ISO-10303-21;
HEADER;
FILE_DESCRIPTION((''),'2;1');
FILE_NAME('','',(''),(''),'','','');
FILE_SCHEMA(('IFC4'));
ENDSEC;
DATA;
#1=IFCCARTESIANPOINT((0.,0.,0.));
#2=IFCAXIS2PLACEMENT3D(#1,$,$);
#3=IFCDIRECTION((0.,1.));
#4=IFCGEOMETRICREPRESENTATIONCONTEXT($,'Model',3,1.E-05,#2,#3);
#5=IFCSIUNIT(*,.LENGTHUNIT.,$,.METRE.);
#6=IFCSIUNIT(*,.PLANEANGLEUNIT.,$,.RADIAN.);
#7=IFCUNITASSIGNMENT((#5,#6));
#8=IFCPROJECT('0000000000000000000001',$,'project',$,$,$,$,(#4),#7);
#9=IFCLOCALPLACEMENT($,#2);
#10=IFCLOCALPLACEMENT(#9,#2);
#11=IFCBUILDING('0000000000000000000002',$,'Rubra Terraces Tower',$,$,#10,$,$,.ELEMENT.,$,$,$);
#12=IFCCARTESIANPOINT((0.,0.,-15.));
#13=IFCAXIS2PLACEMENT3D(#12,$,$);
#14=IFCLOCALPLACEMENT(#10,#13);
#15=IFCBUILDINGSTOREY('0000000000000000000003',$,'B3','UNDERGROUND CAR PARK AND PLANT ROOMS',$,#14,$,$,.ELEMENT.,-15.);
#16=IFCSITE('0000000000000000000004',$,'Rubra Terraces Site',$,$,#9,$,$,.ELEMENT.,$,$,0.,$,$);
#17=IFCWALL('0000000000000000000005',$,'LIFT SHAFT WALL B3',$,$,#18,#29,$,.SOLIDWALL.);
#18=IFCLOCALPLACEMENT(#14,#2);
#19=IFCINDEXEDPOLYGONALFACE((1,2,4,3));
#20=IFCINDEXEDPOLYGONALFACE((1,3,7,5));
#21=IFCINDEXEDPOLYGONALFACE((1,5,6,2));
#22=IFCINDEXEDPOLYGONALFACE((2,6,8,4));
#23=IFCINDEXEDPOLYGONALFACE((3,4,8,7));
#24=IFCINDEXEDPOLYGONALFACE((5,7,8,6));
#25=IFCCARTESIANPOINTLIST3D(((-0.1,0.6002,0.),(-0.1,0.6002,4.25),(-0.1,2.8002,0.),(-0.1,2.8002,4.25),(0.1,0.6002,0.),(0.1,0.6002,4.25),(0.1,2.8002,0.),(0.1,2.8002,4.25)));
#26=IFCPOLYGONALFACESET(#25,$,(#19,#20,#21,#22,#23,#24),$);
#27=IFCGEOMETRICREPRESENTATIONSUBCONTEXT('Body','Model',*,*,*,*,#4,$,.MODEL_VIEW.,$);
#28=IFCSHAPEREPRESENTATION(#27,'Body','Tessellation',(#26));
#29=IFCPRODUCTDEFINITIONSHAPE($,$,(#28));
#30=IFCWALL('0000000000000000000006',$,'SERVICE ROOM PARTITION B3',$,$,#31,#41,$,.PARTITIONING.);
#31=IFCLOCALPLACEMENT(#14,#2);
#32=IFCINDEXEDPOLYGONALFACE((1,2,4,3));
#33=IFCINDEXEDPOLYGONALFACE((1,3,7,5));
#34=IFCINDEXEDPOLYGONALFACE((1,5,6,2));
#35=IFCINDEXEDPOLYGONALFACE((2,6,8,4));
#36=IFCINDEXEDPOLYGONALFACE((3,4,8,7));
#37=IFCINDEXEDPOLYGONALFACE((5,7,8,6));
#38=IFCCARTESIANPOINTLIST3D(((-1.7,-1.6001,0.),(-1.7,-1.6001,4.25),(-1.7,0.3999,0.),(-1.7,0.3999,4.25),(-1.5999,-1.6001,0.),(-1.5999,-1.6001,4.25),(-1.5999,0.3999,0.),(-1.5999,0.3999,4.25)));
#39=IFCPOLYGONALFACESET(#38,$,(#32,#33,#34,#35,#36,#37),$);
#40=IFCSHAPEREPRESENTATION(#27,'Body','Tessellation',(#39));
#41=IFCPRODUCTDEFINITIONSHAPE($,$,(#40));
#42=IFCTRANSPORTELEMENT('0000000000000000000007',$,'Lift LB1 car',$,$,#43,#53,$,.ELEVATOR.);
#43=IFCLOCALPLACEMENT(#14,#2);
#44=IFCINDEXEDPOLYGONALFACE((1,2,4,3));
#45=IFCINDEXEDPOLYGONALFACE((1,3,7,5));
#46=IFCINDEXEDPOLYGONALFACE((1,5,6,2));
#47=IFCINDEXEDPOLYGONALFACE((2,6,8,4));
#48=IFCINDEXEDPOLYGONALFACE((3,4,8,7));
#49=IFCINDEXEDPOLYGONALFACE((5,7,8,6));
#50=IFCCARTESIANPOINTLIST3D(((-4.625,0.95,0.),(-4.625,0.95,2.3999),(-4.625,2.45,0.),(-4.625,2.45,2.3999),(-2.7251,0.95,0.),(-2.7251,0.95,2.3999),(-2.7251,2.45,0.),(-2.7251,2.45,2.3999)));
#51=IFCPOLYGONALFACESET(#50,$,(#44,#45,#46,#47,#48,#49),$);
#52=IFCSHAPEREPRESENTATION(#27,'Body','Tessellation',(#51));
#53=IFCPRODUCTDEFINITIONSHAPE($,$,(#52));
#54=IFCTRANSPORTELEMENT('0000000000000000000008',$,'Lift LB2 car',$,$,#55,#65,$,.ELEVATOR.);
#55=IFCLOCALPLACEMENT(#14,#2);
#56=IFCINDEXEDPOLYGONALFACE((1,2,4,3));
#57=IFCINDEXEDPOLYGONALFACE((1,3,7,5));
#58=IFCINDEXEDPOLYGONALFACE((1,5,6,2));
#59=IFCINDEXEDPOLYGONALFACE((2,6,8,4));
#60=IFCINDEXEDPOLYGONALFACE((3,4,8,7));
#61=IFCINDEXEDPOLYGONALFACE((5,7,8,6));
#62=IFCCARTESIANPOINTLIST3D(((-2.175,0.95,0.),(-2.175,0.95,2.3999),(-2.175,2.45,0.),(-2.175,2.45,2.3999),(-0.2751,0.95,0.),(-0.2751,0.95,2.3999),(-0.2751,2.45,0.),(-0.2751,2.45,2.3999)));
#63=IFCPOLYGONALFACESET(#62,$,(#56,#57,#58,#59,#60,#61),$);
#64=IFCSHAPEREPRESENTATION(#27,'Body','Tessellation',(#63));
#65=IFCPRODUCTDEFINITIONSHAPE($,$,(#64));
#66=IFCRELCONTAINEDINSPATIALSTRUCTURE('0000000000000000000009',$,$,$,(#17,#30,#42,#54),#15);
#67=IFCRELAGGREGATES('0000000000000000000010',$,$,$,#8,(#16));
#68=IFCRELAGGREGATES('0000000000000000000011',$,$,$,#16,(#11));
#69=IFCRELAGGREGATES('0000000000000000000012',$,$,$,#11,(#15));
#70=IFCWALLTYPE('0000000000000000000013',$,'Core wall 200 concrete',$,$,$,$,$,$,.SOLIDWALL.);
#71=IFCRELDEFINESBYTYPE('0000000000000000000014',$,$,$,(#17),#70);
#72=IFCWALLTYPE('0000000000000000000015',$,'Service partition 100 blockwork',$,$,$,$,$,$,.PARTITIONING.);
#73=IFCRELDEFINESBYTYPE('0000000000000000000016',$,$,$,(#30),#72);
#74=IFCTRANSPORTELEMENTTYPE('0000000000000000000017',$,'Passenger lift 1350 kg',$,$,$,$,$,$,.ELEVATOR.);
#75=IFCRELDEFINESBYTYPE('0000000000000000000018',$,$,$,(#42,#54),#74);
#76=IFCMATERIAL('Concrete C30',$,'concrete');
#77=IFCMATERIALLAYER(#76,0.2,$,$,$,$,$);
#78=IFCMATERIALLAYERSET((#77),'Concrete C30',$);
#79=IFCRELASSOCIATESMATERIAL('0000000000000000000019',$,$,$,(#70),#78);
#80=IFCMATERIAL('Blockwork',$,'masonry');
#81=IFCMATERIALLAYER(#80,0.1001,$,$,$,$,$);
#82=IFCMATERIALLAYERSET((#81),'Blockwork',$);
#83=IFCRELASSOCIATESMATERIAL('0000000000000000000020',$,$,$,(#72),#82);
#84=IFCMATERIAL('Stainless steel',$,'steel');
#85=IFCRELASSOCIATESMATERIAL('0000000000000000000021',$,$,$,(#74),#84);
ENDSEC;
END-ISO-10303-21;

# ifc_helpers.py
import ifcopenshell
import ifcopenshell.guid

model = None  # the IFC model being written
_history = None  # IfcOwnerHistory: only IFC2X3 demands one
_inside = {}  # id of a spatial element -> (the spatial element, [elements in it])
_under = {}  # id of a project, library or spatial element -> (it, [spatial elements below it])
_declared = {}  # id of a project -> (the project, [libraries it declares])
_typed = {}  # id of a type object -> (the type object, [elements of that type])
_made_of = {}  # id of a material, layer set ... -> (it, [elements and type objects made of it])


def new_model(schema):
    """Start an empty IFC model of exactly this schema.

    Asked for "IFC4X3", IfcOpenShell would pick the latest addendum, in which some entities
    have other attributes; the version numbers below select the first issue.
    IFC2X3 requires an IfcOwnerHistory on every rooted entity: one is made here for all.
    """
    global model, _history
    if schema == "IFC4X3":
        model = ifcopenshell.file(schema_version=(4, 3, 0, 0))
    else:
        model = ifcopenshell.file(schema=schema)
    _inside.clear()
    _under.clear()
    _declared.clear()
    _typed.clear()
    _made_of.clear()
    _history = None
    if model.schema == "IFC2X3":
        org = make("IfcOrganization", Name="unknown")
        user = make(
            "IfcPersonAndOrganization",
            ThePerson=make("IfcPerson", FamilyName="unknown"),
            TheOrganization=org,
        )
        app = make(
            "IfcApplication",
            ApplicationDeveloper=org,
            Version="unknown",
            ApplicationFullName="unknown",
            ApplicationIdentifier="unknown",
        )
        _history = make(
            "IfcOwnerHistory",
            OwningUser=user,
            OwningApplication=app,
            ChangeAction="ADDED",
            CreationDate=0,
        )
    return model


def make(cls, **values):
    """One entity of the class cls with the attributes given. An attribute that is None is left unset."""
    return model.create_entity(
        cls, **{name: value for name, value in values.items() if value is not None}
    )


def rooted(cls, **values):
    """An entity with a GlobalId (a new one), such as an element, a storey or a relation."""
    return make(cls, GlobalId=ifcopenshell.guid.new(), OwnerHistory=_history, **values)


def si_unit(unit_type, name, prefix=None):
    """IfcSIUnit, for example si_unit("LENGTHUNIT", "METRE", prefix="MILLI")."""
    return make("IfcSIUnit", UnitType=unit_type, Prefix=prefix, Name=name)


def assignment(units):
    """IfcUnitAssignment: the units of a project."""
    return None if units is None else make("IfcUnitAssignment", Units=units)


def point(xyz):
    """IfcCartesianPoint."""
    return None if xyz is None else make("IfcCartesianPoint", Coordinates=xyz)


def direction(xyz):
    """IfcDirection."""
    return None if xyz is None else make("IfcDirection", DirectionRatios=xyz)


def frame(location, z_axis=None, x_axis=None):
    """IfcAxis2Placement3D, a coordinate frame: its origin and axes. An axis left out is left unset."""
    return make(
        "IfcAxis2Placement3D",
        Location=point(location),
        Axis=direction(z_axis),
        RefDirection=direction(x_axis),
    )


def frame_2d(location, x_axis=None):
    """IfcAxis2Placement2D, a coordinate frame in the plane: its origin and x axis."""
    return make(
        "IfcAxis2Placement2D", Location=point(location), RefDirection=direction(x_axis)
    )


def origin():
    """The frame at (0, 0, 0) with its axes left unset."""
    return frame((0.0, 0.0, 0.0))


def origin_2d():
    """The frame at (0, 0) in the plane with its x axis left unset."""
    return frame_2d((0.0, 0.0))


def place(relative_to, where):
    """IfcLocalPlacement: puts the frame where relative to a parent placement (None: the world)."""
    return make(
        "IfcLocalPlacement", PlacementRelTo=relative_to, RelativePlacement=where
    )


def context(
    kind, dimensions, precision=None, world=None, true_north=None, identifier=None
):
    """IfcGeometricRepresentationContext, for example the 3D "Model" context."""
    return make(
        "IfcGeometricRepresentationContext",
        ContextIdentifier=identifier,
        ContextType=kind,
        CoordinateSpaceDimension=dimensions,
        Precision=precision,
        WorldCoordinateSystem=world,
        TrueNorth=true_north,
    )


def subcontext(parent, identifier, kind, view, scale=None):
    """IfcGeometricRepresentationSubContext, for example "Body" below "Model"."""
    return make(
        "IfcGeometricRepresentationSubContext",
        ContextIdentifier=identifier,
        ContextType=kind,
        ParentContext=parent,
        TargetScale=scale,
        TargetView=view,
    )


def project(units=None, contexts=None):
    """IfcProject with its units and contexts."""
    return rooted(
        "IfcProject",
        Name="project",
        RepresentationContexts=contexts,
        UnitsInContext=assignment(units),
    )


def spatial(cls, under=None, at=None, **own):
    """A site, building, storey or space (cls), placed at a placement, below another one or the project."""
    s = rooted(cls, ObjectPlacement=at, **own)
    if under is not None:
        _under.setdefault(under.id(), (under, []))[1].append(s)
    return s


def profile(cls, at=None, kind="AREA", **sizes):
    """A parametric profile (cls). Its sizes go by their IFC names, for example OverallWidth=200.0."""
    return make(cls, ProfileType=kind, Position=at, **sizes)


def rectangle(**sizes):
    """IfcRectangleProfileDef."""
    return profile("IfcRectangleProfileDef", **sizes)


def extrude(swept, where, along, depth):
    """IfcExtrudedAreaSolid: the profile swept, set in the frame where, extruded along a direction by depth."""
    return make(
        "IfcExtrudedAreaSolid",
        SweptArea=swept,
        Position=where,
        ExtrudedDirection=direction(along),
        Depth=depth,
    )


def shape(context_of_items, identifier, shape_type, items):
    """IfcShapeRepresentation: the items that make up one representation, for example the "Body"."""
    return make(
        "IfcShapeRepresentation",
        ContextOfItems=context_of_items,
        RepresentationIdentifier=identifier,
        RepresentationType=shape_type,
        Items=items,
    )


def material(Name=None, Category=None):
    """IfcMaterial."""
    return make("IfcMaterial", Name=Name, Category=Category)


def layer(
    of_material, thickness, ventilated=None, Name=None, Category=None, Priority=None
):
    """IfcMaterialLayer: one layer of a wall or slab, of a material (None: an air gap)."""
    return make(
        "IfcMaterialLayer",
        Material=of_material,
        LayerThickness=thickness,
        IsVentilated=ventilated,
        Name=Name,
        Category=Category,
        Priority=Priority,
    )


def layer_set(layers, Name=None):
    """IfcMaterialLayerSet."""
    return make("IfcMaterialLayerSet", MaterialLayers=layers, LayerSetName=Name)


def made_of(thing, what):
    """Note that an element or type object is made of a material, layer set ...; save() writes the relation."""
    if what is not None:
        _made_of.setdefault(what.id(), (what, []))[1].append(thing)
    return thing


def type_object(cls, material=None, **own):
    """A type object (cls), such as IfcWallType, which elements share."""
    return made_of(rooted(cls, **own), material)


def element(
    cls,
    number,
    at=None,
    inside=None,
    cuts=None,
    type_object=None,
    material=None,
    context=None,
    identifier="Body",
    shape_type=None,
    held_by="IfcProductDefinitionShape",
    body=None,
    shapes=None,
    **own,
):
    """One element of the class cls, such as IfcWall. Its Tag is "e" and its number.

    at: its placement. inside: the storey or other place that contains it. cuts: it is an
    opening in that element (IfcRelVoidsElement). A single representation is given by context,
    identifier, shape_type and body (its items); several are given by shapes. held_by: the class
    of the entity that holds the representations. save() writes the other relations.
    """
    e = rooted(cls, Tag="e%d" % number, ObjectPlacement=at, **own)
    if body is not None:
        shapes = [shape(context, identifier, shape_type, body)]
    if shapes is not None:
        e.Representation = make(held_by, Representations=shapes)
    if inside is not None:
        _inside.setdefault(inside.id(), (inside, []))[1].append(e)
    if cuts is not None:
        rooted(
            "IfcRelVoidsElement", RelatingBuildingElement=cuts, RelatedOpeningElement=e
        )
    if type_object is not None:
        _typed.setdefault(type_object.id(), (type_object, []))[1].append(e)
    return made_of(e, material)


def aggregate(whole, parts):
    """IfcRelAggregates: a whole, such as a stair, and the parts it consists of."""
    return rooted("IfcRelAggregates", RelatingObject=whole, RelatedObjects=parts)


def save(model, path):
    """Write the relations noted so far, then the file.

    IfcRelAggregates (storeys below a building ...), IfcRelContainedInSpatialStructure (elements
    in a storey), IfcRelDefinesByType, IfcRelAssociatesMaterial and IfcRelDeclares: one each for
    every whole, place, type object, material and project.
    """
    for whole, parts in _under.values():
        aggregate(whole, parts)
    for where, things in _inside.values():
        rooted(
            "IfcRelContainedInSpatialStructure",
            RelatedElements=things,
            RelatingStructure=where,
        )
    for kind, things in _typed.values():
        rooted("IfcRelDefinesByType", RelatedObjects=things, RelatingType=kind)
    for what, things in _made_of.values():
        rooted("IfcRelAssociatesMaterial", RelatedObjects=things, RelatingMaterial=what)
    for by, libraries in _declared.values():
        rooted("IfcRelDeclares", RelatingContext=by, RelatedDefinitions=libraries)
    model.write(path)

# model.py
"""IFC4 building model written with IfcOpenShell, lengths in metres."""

from ifc_helpers import new_model, si_unit, direction, frame, frame_2d, origin, origin_2d, place, context, subcontext, project, spatial, rectangle, extrude, material, layer, layer_set, type_object, element, save


model = new_model("IFC4")

# Units and contexts
model_context = context("Model", 3, precision=1e-05, world=origin(), true_north=direction((0.0, 1.0)))
body_context = subcontext(model_context, "Body", "Model", "MODEL_VIEW")
ifc_project = project(units=[si_unit("LENGTHUNIT", "METRE"), si_unit("PLANEANGLEUNIT", "RADIAN")], contexts=[model_context])

# Site, building, storey
site_placement = place(None, origin())
site = spatial("IfcSite", under=ifc_project, at=site_placement, Name="Rubra Terraces Site", CompositionType="ELEMENT", RefElevation=0.0)
building_placement = place(site_placement, origin())
building = spatial("IfcBuilding", under=site, at=building_placement, Name="Rubra Terraces Tower", CompositionType="ELEMENT")
storey_placement = place(building_placement, frame((0.0, 0.0, -15.0)))
storey = spatial("IfcBuildingStorey", under=building, at=storey_placement, Name="B3", Description="UNDERGROUND CAR PARK AND PLANT ROOMS", CompositionType="ELEMENT", Elevation=-15.0)

# Walls
ifc_material_1 = material(Name="Concrete C30", Category="concrete")
ifc_layer_1 = layer(ifc_material_1, 0.2)
ifc_layer_set_1 = layer_set([ifc_layer_1], Name="Concrete C30")
wall_type_1 = type_object("IfcWallType", Name="Core wall 200 concrete", PredefinedType="SOLIDWALL", material=ifc_layer_set_1)
for number, where, z_axis, x_axis, name in (
    (1, (0.0, 0.6001, 0.0), (0.0, 0.0, 1.0), (0.0, 1.0, 0.0), "LIFT SHAFT WALL B3"),
):
    element("IfcWall", number, at=place(storey_placement, frame(where, z_axis=z_axis, x_axis=x_axis)), inside=storey, type_object=wall_type_1, Name=name, PredefinedType="SOLIDWALL", context=body_context, shape_type="SweptSolid", body=[
        extrude(rectangle(XDim=2.2, YDim=0.2, at=frame_2d((1.1001, 0.0))), origin(), (0.0, 0.0, 1.0), 4.25),
    ])
ifc_material_2 = material(Name="Blockwork", Category="masonry")
ifc_layer_2 = layer(ifc_material_2, 0.1001)
ifc_layer_set_2 = layer_set([ifc_layer_2], Name="Blockwork")
wall_type_2 = type_object("IfcWallType", Name="Service partition 100 blockwork", PredefinedType="PARTITIONING", material=ifc_layer_set_2)
wall_placement = place(storey_placement, frame((-1.6499, -1.6001, 0.0), z_axis=(0.0, 0.0, 1.0), x_axis=(0.0, 1.0, 0.0)))
element("IfcWall", 2, at=wall_placement, inside=storey, type_object=wall_type_2, Name="SERVICE ROOM PARTITION B3", PredefinedType="PARTITIONING", context=body_context, shape_type="SweptSolid", body=[
    extrude(rectangle(XDim=2.0, YDim=0.1001, at=frame_2d((1.0, 0.0))), origin(), (0.0, 0.0, 1.0), 4.25),
])

# Transport elements
ifc_material_3 = material(Name="Stainless steel", Category="steel")
transport_element_type = type_object("IfcTransportElementType", Name="Passenger lift 1350 kg", PredefinedType="ELEVATOR", material=ifc_material_3)
for number, where, z_axis, x_axis, name in (
    (3, (-3.675, 1.7, 0.0), (0.0, 0.0, 1.0), (1.0, 0.0, 0.0), "Lift LB1 car"),
    (4, (-1.2251, 1.7, 0.0), (0.0, 0.0, 1.0), (1.0, 0.0, 0.0), "Lift LB2 car"),
):
    element("IfcTransportElement", number, at=place(storey_placement, frame(where, z_axis=z_axis, x_axis=x_axis)), inside=storey, type_object=transport_element_type, Name=name, PredefinedType="ELEVATOR", context=body_context, shape_type="SweptSolid", body=[
        extrude(rectangle(XDim=1.8999, YDim=1.5, at=origin_2d()), origin(), (0.0, 0.0, 1.0), 2.3999),
    ])

save(model, "model.ifc")
